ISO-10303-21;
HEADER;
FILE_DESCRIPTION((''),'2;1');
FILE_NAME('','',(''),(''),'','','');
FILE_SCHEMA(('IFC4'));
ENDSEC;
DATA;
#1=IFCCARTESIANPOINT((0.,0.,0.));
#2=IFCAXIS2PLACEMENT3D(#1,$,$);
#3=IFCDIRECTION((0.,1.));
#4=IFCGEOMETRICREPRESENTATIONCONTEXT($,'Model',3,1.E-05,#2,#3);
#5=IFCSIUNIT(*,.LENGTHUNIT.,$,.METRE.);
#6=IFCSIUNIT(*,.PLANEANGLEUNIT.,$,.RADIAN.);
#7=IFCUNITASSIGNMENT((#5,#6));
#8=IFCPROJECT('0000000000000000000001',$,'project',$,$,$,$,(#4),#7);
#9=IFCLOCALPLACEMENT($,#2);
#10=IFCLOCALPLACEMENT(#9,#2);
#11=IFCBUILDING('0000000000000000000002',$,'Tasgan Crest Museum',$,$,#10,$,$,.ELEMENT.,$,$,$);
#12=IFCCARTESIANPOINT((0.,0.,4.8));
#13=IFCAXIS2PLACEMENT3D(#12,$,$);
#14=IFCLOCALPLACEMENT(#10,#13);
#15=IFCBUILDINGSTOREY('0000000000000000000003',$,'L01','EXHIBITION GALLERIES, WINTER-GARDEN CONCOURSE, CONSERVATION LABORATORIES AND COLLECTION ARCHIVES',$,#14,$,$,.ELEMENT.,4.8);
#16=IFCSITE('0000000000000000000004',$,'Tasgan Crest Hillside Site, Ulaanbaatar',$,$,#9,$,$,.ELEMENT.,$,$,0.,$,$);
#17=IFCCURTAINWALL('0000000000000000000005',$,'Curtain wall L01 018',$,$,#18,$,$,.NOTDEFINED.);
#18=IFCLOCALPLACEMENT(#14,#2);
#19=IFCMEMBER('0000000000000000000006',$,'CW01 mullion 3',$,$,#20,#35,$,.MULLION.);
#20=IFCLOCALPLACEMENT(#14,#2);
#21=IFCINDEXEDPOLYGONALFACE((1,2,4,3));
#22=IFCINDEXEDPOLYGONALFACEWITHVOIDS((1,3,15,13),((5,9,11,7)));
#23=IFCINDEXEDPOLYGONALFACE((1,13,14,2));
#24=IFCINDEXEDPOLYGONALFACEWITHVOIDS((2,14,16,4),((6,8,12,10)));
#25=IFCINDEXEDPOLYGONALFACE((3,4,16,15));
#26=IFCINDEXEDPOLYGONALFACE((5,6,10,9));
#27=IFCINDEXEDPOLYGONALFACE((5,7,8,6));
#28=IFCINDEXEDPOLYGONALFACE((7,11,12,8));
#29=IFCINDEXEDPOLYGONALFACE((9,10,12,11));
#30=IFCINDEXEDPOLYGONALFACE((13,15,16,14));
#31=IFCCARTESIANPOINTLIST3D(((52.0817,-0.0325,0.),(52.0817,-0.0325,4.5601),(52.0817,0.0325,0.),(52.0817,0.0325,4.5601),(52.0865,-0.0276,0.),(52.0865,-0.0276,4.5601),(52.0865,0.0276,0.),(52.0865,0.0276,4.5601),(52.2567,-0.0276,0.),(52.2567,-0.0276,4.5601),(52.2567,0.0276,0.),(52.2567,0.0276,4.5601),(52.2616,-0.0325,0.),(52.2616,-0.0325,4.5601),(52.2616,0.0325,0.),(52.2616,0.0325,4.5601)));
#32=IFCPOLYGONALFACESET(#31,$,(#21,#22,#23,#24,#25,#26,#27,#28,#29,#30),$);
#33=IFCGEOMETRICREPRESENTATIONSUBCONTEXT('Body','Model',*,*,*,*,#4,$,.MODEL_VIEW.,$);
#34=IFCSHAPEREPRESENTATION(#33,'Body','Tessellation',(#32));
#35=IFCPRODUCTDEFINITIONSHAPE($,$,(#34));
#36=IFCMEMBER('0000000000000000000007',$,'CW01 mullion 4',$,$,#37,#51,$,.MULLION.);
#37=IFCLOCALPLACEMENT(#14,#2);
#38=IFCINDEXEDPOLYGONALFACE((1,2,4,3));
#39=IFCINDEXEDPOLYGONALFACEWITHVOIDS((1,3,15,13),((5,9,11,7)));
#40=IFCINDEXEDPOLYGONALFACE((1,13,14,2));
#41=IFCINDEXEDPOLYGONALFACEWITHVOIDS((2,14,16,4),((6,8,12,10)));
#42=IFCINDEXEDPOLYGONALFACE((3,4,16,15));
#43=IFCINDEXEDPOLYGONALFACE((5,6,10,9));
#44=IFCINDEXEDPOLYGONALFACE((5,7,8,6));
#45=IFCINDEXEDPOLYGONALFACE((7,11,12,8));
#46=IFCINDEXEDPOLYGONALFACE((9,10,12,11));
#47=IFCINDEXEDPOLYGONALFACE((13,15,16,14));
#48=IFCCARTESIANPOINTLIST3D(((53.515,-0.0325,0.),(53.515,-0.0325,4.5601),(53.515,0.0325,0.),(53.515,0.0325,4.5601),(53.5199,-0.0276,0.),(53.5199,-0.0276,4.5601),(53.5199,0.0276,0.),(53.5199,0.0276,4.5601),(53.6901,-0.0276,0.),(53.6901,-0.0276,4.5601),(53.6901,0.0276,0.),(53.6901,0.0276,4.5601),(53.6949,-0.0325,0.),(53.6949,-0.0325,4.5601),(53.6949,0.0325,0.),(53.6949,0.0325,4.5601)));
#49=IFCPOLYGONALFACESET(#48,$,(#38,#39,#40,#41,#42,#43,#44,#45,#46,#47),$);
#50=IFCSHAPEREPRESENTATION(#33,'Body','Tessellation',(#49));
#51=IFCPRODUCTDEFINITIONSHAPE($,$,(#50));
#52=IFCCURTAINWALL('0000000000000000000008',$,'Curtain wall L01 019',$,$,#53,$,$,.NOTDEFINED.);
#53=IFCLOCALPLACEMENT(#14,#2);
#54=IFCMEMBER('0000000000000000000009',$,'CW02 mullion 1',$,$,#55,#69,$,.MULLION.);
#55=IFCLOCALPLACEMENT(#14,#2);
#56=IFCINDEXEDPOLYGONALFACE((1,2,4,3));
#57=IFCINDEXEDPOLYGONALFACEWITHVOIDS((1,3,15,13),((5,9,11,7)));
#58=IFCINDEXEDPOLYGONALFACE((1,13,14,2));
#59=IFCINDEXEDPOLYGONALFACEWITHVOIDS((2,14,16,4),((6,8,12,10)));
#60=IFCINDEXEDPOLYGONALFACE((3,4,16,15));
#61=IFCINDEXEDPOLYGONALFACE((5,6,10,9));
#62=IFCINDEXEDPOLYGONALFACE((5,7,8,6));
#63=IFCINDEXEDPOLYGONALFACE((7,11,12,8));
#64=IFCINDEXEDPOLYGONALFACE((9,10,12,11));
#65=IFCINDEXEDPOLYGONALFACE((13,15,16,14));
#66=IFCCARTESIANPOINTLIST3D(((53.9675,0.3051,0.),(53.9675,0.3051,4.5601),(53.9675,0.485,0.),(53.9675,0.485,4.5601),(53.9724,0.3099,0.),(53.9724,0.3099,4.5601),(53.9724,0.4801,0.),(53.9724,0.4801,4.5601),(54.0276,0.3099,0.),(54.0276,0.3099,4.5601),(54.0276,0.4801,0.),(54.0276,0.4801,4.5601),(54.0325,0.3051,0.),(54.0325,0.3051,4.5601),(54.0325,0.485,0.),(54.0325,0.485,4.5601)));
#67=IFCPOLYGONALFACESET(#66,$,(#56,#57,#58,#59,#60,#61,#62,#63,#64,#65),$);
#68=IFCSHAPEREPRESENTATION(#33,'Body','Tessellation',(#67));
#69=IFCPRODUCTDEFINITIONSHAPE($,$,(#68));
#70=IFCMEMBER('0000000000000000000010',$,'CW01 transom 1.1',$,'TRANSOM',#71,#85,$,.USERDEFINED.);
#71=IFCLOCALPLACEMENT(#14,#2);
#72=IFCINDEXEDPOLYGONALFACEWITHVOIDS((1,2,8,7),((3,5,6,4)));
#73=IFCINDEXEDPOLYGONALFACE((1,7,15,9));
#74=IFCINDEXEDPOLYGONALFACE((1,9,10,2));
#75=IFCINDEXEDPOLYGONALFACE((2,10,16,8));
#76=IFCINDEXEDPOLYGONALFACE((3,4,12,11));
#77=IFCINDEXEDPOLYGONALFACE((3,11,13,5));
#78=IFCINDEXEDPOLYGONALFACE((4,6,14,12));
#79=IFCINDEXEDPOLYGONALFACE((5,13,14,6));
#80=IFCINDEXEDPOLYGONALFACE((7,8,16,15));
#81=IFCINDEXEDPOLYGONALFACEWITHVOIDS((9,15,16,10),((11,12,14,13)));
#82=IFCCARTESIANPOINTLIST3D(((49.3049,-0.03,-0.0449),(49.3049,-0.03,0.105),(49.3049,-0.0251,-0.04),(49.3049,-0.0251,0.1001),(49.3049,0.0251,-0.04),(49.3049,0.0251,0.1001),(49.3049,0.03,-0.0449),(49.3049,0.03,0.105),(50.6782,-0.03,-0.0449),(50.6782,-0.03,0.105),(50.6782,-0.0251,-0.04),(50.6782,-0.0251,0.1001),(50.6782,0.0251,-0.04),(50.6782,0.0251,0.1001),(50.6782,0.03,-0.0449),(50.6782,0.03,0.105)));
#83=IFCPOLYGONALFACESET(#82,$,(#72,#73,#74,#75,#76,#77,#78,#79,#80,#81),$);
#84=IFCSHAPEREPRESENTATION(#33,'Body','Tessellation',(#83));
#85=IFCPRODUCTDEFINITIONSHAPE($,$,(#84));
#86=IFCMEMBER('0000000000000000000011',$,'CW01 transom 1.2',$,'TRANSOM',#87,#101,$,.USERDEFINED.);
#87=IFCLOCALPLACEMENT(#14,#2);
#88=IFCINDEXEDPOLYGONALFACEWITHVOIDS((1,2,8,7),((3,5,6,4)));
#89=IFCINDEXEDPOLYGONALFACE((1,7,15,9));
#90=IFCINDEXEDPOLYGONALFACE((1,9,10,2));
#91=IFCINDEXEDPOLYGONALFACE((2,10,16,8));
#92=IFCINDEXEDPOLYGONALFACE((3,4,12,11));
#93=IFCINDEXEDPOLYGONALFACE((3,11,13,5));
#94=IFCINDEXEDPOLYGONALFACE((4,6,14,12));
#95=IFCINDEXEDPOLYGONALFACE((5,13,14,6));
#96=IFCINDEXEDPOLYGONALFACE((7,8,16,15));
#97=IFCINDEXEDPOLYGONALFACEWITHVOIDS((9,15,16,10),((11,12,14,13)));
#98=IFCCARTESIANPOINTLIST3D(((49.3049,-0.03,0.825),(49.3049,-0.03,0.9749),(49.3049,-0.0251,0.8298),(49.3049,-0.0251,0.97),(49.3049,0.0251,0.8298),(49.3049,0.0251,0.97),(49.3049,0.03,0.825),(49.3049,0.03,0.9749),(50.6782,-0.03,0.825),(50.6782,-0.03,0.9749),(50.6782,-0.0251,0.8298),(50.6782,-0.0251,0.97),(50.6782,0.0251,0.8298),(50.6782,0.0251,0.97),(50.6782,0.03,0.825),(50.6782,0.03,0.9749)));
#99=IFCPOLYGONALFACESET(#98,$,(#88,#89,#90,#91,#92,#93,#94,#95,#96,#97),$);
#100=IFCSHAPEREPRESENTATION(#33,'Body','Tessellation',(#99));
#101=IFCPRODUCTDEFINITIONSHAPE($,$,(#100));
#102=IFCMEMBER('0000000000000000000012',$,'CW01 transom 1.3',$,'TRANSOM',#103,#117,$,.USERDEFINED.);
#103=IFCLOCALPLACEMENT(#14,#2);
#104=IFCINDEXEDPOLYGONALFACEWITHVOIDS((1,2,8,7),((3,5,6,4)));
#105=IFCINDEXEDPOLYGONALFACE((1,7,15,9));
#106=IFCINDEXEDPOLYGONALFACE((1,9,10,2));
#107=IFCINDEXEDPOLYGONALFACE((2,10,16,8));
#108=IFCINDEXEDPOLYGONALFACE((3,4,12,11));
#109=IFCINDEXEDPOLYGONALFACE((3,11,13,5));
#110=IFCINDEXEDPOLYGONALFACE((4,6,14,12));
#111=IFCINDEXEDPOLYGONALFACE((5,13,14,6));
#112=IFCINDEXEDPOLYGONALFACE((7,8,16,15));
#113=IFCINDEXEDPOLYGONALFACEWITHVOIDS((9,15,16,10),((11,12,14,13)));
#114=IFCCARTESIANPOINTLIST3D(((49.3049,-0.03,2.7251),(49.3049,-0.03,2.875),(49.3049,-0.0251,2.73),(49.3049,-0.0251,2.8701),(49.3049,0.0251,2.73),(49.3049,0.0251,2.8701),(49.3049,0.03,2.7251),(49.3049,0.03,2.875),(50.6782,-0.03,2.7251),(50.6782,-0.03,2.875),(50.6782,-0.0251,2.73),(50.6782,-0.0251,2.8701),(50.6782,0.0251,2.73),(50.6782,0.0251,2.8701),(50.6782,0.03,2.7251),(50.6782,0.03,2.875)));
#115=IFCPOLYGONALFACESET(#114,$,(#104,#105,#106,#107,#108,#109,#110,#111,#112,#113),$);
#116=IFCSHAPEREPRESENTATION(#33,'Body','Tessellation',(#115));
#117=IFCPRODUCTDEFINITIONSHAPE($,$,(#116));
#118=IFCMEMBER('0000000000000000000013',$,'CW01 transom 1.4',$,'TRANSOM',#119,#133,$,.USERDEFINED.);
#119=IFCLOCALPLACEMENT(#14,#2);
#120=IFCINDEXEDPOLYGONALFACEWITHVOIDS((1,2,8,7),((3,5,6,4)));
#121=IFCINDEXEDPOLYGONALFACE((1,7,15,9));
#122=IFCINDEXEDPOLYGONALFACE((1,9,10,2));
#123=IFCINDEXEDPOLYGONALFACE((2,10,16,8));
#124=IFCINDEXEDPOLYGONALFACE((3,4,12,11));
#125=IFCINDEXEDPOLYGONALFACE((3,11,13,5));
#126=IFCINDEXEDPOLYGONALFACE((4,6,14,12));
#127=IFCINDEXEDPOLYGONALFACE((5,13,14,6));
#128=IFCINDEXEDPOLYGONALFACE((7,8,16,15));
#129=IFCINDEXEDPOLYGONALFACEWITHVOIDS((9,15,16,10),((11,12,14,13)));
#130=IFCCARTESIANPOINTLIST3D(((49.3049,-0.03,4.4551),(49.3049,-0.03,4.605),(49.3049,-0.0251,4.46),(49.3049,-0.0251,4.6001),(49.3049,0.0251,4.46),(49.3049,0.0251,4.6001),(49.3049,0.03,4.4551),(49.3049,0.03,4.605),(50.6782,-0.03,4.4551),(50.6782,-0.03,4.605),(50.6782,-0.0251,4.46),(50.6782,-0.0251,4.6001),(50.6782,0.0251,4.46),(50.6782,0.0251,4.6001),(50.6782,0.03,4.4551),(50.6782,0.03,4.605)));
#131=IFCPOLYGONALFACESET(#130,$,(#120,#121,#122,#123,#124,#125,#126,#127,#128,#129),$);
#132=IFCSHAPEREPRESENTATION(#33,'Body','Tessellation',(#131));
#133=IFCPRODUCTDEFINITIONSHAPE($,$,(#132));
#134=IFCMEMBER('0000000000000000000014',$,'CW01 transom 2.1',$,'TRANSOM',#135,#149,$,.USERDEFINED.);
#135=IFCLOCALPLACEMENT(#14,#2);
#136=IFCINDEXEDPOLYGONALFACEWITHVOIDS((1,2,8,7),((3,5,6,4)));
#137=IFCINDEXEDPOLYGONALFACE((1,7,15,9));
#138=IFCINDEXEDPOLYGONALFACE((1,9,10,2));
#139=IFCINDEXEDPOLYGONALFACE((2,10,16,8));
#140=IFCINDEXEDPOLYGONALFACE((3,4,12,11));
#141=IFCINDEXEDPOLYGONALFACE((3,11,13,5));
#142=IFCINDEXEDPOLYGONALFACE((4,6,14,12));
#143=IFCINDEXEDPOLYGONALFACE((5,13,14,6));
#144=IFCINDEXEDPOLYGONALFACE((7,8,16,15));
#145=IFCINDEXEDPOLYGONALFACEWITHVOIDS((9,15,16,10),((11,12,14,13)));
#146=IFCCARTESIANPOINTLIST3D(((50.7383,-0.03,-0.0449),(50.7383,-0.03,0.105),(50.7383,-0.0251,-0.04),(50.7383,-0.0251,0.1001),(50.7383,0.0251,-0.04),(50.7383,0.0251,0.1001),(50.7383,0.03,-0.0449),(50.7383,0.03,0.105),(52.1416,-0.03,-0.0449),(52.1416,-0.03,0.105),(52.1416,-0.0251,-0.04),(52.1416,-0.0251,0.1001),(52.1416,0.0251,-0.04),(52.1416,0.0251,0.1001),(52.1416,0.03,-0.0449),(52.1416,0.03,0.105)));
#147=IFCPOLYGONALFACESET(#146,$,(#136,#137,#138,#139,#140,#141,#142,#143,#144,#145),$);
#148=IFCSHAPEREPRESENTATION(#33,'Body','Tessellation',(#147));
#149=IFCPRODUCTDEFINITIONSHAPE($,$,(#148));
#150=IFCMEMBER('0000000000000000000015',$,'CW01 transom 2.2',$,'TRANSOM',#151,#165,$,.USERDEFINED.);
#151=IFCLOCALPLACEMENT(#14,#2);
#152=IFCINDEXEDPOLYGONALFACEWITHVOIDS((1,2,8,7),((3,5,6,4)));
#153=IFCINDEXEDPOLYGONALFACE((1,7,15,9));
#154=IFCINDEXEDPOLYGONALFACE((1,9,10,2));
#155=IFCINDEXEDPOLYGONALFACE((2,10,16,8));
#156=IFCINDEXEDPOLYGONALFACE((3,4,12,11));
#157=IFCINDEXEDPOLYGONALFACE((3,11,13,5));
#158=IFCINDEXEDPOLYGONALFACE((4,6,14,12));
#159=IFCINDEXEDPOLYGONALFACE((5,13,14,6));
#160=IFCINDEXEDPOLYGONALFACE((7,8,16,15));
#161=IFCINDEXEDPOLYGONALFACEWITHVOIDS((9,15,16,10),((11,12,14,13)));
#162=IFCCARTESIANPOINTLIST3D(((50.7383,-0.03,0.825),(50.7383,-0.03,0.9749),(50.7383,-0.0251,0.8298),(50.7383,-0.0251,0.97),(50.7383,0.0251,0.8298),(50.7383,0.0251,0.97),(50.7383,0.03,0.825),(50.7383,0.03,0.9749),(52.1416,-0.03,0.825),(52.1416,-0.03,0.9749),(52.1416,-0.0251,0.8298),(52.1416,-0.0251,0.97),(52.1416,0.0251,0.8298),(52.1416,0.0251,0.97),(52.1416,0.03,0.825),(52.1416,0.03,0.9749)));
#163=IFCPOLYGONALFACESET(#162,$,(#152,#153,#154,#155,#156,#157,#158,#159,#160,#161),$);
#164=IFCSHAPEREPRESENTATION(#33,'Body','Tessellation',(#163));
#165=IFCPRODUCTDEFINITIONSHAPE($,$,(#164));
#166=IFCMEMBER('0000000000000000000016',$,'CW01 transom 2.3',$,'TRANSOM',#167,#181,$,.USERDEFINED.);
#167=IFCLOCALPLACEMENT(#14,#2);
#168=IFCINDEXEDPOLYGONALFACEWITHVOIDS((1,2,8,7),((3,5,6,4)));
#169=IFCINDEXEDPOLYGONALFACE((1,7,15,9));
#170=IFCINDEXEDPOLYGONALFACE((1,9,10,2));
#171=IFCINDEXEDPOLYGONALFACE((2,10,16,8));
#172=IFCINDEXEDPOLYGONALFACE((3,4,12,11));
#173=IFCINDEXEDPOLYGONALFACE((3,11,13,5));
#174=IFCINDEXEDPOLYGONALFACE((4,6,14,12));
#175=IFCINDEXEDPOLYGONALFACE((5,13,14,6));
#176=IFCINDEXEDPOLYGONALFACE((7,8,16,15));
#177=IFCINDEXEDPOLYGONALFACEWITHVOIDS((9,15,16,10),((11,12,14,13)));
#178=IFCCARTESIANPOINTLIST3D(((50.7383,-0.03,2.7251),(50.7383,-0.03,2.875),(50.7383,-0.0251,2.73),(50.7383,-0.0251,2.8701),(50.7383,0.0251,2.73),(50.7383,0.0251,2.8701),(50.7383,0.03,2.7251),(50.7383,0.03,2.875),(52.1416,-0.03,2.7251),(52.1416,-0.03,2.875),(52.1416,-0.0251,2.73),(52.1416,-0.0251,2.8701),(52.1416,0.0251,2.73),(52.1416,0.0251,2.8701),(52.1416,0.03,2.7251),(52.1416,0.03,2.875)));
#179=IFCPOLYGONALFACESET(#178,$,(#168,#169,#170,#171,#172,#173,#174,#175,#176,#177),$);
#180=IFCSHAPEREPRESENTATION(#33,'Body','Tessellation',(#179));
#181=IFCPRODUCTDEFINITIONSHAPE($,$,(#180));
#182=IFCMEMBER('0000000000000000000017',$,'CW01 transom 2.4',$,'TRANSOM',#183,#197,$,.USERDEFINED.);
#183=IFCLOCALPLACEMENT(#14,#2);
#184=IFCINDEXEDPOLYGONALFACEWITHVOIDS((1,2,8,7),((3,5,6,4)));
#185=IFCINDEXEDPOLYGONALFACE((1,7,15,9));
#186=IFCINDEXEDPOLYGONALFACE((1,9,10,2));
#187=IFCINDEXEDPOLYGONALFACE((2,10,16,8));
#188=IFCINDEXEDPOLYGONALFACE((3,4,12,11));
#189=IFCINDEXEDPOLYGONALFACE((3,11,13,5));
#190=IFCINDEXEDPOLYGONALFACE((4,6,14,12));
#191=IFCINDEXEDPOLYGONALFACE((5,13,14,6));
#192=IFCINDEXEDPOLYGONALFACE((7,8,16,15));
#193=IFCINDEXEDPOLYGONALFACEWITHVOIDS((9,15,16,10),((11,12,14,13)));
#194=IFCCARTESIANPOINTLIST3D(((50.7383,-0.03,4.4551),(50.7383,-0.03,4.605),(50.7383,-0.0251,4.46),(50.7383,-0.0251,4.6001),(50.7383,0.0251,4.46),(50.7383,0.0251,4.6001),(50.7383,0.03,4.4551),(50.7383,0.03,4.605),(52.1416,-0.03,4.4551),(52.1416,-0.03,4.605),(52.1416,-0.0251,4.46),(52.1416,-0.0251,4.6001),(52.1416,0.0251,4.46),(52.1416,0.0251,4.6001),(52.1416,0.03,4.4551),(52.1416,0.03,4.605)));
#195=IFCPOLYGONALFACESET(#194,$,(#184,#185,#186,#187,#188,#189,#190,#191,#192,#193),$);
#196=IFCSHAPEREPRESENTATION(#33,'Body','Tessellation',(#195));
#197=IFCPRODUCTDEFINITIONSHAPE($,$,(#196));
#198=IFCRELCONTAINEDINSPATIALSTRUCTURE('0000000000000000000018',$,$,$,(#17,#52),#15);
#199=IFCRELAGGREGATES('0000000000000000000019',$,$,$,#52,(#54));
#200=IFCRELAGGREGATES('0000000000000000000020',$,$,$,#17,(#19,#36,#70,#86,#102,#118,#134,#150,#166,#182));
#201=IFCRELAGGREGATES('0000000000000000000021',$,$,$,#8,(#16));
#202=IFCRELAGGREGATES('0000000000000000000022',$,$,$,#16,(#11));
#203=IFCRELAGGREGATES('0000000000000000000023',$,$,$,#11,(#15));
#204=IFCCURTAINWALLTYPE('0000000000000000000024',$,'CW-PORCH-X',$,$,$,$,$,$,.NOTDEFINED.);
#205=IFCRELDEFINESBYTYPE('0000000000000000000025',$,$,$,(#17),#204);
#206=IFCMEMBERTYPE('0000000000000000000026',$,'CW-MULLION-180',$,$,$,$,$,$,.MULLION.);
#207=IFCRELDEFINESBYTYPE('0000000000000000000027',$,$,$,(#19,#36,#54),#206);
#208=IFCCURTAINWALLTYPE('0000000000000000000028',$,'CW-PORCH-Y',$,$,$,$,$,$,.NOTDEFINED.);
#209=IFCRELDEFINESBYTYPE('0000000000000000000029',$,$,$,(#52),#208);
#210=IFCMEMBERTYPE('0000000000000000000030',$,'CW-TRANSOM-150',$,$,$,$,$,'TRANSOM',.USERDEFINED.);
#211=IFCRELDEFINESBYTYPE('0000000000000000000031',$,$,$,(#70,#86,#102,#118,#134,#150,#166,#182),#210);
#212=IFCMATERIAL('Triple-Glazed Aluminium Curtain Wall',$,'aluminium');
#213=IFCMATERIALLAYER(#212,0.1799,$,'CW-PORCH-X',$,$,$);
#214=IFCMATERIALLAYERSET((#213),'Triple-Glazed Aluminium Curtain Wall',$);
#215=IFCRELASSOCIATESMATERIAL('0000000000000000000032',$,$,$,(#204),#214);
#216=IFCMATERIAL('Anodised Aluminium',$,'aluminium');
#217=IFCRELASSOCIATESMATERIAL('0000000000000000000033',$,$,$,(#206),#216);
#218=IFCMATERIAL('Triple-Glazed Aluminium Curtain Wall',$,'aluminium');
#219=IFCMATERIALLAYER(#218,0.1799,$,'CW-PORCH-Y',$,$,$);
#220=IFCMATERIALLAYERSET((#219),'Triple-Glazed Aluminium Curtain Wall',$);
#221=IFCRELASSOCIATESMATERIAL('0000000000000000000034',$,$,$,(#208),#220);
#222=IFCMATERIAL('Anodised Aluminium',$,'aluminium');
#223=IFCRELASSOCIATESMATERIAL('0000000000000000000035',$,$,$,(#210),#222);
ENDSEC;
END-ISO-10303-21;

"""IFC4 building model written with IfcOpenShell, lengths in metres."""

from ifc_helpers import new_model, si_unit, direction, frame, origin, origin_2d, place, context, subcontext, project, spatial, hollow_rectangle, extrude, material, layer, layer_set, material_profile, profile_set, type_object, element, aggregate, save


model = new_model("IFC4")

# Units and contexts
model_context = context("Model", 3, precision=1e-05, world=origin(), true_north=direction((0.0, 1.0)))
body_context = subcontext(model_context, "Body", "Model", "MODEL_VIEW")
ifc_project = project(units=[si_unit("LENGTHUNIT", "METRE"), si_unit("PLANEANGLEUNIT", "RADIAN")], contexts=[model_context])

# Site, building, storey
site_placement = place(None, origin())
site = spatial("IfcSite", under=ifc_project, at=site_placement, Name="Tasgan Crest Hillside Site, Ulaanbaatar", CompositionType="ELEMENT", RefElevation=0.0)
building_placement = place(site_placement, origin())
building = spatial("IfcBuilding", under=site, at=building_placement, Name="Tasgan Crest Museum", CompositionType="ELEMENT")
storey_placement = place(building_placement, frame((0.0, 0.0, 4.8)))
storey = spatial("IfcBuildingStorey", under=building, at=storey_placement, Name="L01", Description="EXHIBITION GALLERIES, WINTER-GARDEN CONCOURSE, CONSERVATION LABORATORIES AND COLLECTION ARCHIVES", CompositionType="ELEMENT", Elevation=4.8)

# Curtain wall, members
ifc_material_1 = material(Name="Triple-Glazed Aluminium Curtain Wall", Category="aluminium")
ifc_layer_1 = layer(ifc_material_1, 0.1799, Name="CW-PORCH-X")
ifc_layer_set_1 = layer_set([ifc_layer_1], Name="Triple-Glazed Aluminium Curtain Wall")
curtain_wall_type_1 = type_object("IfcCurtainWallType", Name="CW-PORCH-X", PredefinedType="NOTDEFINED", material=ifc_layer_set_1)
curtain_wall_1_placement = place(storey_placement, origin())
curtain_wall_1 = element("IfcCurtainWall", 1, at=curtain_wall_1_placement, inside=storey, type_object=curtain_wall_type_1, Name="Curtain wall L01 018", PredefinedType="NOTDEFINED")
ifc_material_2 = material(Name="Anodised Aluminium", Category="aluminium")
ifc_material_profile_1 = material_profile(ifc_material_2, hollow_rectangle(XDim=0.0649, YDim=0.1799, WallThickness=0.0049, at=origin_2d()), Name="ALU MULLION 180x65x5")
ifc_profile_set_1 = profile_set([ifc_material_profile_1], Name="Anodised Aluminium")
member_type_1 = type_object("IfcMemberType", Name="CW-MULLION-180", PredefinedType="MULLION", material=ifc_profile_set_1)
member_1_placement = place(storey_placement, frame((52.1716, 0.0, 0.0), z_axis=(0.0, 0.0, 1.0), x_axis=(0.0, 1.0, 0.0)))
member_1 = element("IfcMember", 2, at=member_1_placement, type_object=member_type_1, Name="CW01 mullion 3", PredefinedType="MULLION", context=body_context, shape_type="SweptSolid", body=[
    extrude(hollow_rectangle(XDim=0.0649, YDim=0.1799, WallThickness=0.0049, at=origin_2d()), origin(), (0.0, 0.0, 1.0), 4.5601),
])
member_2_placement = place(storey_placement, frame((53.605, 0.0, 0.0), z_axis=(0.0, 0.0, 1.0), x_axis=(0.0, 1.0, 0.0)))
member_2 = element("IfcMember", 3, at=member_2_placement, type_object=member_type_1, Name="CW01 mullion 4", PredefinedType="MULLION", context=body_context, shape_type="SweptSolid", body=[
    extrude(hollow_rectangle(XDim=0.0649, YDim=0.1799, WallThickness=0.0049, at=origin_2d()), origin(), (0.0, 0.0, 1.0), 4.5601),
])

# Curtain wall, member
ifc_material_3 = material(Name="Triple-Glazed Aluminium Curtain Wall", Category="aluminium")
ifc_layer_2 = layer(ifc_material_3, 0.1799, Name="CW-PORCH-Y")
ifc_layer_set_2 = layer_set([ifc_layer_2], Name="Triple-Glazed Aluminium Curtain Wall")
curtain_wall_type_2 = type_object("IfcCurtainWallType", Name="CW-PORCH-Y", PredefinedType="NOTDEFINED", material=ifc_layer_set_2)
curtain_wall_2_placement = place(storey_placement, origin())
curtain_wall_2 = element("IfcCurtainWall", 4, at=curtain_wall_2_placement, inside=storey, type_object=curtain_wall_type_2, Name="Curtain wall L01 019", PredefinedType="NOTDEFINED")
member_3_placement = place(storey_placement, frame((54.0, 0.395, 0.0), z_axis=(0.0, 0.0, 1.0), x_axis=(-1.0, 0.0, 0.0)))
member_3 = element("IfcMember", 5, at=member_3_placement, type_object=member_type_1, Name="CW02 mullion 1", PredefinedType="MULLION", context=body_context, shape_type="SweptSolid", body=[
    extrude(hollow_rectangle(XDim=0.0649, YDim=0.1799, WallThickness=0.0049, at=origin_2d()), origin(), (0.0, 0.0, 1.0), 4.5601),
])

# Members
ifc_material_4 = material(Name="Anodised Aluminium", Category="aluminium")
ifc_material_profile_2 = material_profile(ifc_material_4, hollow_rectangle(XDim=0.0601, YDim=0.1499, WallThickness=0.0049, at=origin_2d()), Name="ALU TRANSOM 150x60x5")
ifc_profile_set_2 = profile_set([ifc_material_profile_2], Name="Anodised Aluminium")
member_type_2 = type_object("IfcMemberType", Name="CW-TRANSOM-150", ElementType="TRANSOM", PredefinedType="USERDEFINED", material=ifc_profile_set_2)
member_4_placement = place(storey_placement, frame((49.3049, 0.0, 0.03), z_axis=(1.0, 0.0, 0.0), x_axis=(0.0, 1.0, 0.0)))
member_4 = element("IfcMember", 6, at=member_4_placement, type_object=member_type_2, Name="CW01 transom 1.1", ObjectType="TRANSOM", PredefinedType="USERDEFINED", context=body_context, shape_type="SweptSolid", body=[
    extrude(hollow_rectangle(XDim=0.0601, YDim=0.1499, WallThickness=0.0049, at=origin_2d()), origin(), (0.0, 0.0, 1.0), 1.3733),
])
member_5_placement = place(storey_placement, frame((49.3049, 0.0, 0.8999), z_axis=(1.0, 0.0, 0.0), x_axis=(0.0, 1.0, 0.0)))
member_5 = element("IfcMember", 7, at=member_5_placement, type_object=member_type_2, Name="CW01 transom 1.2", ObjectType="TRANSOM", PredefinedType="USERDEFINED", context=body_context, shape_type="SweptSolid", body=[
    extrude(hollow_rectangle(XDim=0.0601, YDim=0.1499, WallThickness=0.0049, at=origin_2d()), origin(), (0.0, 0.0, 1.0), 1.3733),
])
member_6_placement = place(storey_placement, frame((49.3049, 0.0, 2.8), z_axis=(1.0, 0.0, 0.0), x_axis=(0.0, 1.0, 0.0)))
member_6 = element("IfcMember", 8, at=member_6_placement, type_object=member_type_2, Name="CW01 transom 1.3", ObjectType="TRANSOM", PredefinedType="USERDEFINED", context=body_context, shape_type="SweptSolid", body=[
    extrude(hollow_rectangle(XDim=0.0601, YDim=0.1499, WallThickness=0.0049, at=origin_2d()), origin(), (0.0, 0.0, 1.0), 1.3733),
])
member_7_placement = place(storey_placement, frame((49.3049, 0.0, 4.53), z_axis=(1.0, 0.0, 0.0), x_axis=(0.0, 1.0, 0.0)))
member_7 = element("IfcMember", 9, at=member_7_placement, type_object=member_type_2, Name="CW01 transom 1.4", ObjectType="TRANSOM", PredefinedType="USERDEFINED", context=body_context, shape_type="SweptSolid", body=[
    extrude(hollow_rectangle(XDim=0.0601, YDim=0.1499, WallThickness=0.0049, at=origin_2d()), origin(), (0.0, 0.0, 1.0), 1.3733),
])
member_8_placement = place(storey_placement, frame((50.7383, 0.0, 0.03), z_axis=(1.0, 0.0, 0.0), x_axis=(0.0, 1.0, 0.0)))
member_8 = element("IfcMember", 10, at=member_8_placement, type_object=member_type_2, Name="CW01 transom 2.1", ObjectType="TRANSOM", PredefinedType="USERDEFINED", context=body_context, shape_type="SweptSolid", body=[
    extrude(hollow_rectangle(XDim=0.0601, YDim=0.1499, WallThickness=0.0049, at=origin_2d()), origin(), (0.0, 0.0, 1.0), 1.4033),
])
member_9_placement = place(storey_placement, frame((50.7383, 0.0, 0.8999), z_axis=(1.0, 0.0, 0.0), x_axis=(0.0, 1.0, 0.0)))
member_9 = element("IfcMember", 11, at=member_9_placement, type_object=member_type_2, Name="CW01 transom 2.2", ObjectType="TRANSOM", PredefinedType="USERDEFINED", context=body_context, shape_type="SweptSolid", body=[
    extrude(hollow_rectangle(XDim=0.0601, YDim=0.1499, WallThickness=0.0049, at=origin_2d()), origin(), (0.0, 0.0, 1.0), 1.4033),
])
member_10_placement = place(storey_placement, frame((50.7383, 0.0, 2.8), z_axis=(1.0, 0.0, 0.0), x_axis=(0.0, 1.0, 0.0)))
member_10 = element("IfcMember", 12, at=member_10_placement, type_object=member_type_2, Name="CW01 transom 2.3", ObjectType="TRANSOM", PredefinedType="USERDEFINED", context=body_context, shape_type="SweptSolid", body=[
    extrude(hollow_rectangle(XDim=0.0601, YDim=0.1499, WallThickness=0.0049, at=origin_2d()), origin(), (0.0, 0.0, 1.0), 1.4033),
])
member_11_placement = place(storey_placement, frame((50.7383, 0.0, 4.53), z_axis=(1.0, 0.0, 0.0), x_axis=(0.0, 1.0, 0.0)))
member_11 = element("IfcMember", 13, at=member_11_placement, type_object=member_type_2, Name="CW01 transom 2.4", ObjectType="TRANSOM", PredefinedType="USERDEFINED", context=body_context, shape_type="SweptSolid", body=[
    extrude(hollow_rectangle(XDim=0.0601, YDim=0.1499, WallThickness=0.0049, at=origin_2d()), origin(), (0.0, 0.0, 1.0), 1.4033),
])
aggregate(curtain_wall_2, [member_3])

aggregate(curtain_wall_1, [member_1, member_2, member_4, member_5, member_6, member_7, member_8, member_9, member_10, member_11])

save(model, "model.ifc")
